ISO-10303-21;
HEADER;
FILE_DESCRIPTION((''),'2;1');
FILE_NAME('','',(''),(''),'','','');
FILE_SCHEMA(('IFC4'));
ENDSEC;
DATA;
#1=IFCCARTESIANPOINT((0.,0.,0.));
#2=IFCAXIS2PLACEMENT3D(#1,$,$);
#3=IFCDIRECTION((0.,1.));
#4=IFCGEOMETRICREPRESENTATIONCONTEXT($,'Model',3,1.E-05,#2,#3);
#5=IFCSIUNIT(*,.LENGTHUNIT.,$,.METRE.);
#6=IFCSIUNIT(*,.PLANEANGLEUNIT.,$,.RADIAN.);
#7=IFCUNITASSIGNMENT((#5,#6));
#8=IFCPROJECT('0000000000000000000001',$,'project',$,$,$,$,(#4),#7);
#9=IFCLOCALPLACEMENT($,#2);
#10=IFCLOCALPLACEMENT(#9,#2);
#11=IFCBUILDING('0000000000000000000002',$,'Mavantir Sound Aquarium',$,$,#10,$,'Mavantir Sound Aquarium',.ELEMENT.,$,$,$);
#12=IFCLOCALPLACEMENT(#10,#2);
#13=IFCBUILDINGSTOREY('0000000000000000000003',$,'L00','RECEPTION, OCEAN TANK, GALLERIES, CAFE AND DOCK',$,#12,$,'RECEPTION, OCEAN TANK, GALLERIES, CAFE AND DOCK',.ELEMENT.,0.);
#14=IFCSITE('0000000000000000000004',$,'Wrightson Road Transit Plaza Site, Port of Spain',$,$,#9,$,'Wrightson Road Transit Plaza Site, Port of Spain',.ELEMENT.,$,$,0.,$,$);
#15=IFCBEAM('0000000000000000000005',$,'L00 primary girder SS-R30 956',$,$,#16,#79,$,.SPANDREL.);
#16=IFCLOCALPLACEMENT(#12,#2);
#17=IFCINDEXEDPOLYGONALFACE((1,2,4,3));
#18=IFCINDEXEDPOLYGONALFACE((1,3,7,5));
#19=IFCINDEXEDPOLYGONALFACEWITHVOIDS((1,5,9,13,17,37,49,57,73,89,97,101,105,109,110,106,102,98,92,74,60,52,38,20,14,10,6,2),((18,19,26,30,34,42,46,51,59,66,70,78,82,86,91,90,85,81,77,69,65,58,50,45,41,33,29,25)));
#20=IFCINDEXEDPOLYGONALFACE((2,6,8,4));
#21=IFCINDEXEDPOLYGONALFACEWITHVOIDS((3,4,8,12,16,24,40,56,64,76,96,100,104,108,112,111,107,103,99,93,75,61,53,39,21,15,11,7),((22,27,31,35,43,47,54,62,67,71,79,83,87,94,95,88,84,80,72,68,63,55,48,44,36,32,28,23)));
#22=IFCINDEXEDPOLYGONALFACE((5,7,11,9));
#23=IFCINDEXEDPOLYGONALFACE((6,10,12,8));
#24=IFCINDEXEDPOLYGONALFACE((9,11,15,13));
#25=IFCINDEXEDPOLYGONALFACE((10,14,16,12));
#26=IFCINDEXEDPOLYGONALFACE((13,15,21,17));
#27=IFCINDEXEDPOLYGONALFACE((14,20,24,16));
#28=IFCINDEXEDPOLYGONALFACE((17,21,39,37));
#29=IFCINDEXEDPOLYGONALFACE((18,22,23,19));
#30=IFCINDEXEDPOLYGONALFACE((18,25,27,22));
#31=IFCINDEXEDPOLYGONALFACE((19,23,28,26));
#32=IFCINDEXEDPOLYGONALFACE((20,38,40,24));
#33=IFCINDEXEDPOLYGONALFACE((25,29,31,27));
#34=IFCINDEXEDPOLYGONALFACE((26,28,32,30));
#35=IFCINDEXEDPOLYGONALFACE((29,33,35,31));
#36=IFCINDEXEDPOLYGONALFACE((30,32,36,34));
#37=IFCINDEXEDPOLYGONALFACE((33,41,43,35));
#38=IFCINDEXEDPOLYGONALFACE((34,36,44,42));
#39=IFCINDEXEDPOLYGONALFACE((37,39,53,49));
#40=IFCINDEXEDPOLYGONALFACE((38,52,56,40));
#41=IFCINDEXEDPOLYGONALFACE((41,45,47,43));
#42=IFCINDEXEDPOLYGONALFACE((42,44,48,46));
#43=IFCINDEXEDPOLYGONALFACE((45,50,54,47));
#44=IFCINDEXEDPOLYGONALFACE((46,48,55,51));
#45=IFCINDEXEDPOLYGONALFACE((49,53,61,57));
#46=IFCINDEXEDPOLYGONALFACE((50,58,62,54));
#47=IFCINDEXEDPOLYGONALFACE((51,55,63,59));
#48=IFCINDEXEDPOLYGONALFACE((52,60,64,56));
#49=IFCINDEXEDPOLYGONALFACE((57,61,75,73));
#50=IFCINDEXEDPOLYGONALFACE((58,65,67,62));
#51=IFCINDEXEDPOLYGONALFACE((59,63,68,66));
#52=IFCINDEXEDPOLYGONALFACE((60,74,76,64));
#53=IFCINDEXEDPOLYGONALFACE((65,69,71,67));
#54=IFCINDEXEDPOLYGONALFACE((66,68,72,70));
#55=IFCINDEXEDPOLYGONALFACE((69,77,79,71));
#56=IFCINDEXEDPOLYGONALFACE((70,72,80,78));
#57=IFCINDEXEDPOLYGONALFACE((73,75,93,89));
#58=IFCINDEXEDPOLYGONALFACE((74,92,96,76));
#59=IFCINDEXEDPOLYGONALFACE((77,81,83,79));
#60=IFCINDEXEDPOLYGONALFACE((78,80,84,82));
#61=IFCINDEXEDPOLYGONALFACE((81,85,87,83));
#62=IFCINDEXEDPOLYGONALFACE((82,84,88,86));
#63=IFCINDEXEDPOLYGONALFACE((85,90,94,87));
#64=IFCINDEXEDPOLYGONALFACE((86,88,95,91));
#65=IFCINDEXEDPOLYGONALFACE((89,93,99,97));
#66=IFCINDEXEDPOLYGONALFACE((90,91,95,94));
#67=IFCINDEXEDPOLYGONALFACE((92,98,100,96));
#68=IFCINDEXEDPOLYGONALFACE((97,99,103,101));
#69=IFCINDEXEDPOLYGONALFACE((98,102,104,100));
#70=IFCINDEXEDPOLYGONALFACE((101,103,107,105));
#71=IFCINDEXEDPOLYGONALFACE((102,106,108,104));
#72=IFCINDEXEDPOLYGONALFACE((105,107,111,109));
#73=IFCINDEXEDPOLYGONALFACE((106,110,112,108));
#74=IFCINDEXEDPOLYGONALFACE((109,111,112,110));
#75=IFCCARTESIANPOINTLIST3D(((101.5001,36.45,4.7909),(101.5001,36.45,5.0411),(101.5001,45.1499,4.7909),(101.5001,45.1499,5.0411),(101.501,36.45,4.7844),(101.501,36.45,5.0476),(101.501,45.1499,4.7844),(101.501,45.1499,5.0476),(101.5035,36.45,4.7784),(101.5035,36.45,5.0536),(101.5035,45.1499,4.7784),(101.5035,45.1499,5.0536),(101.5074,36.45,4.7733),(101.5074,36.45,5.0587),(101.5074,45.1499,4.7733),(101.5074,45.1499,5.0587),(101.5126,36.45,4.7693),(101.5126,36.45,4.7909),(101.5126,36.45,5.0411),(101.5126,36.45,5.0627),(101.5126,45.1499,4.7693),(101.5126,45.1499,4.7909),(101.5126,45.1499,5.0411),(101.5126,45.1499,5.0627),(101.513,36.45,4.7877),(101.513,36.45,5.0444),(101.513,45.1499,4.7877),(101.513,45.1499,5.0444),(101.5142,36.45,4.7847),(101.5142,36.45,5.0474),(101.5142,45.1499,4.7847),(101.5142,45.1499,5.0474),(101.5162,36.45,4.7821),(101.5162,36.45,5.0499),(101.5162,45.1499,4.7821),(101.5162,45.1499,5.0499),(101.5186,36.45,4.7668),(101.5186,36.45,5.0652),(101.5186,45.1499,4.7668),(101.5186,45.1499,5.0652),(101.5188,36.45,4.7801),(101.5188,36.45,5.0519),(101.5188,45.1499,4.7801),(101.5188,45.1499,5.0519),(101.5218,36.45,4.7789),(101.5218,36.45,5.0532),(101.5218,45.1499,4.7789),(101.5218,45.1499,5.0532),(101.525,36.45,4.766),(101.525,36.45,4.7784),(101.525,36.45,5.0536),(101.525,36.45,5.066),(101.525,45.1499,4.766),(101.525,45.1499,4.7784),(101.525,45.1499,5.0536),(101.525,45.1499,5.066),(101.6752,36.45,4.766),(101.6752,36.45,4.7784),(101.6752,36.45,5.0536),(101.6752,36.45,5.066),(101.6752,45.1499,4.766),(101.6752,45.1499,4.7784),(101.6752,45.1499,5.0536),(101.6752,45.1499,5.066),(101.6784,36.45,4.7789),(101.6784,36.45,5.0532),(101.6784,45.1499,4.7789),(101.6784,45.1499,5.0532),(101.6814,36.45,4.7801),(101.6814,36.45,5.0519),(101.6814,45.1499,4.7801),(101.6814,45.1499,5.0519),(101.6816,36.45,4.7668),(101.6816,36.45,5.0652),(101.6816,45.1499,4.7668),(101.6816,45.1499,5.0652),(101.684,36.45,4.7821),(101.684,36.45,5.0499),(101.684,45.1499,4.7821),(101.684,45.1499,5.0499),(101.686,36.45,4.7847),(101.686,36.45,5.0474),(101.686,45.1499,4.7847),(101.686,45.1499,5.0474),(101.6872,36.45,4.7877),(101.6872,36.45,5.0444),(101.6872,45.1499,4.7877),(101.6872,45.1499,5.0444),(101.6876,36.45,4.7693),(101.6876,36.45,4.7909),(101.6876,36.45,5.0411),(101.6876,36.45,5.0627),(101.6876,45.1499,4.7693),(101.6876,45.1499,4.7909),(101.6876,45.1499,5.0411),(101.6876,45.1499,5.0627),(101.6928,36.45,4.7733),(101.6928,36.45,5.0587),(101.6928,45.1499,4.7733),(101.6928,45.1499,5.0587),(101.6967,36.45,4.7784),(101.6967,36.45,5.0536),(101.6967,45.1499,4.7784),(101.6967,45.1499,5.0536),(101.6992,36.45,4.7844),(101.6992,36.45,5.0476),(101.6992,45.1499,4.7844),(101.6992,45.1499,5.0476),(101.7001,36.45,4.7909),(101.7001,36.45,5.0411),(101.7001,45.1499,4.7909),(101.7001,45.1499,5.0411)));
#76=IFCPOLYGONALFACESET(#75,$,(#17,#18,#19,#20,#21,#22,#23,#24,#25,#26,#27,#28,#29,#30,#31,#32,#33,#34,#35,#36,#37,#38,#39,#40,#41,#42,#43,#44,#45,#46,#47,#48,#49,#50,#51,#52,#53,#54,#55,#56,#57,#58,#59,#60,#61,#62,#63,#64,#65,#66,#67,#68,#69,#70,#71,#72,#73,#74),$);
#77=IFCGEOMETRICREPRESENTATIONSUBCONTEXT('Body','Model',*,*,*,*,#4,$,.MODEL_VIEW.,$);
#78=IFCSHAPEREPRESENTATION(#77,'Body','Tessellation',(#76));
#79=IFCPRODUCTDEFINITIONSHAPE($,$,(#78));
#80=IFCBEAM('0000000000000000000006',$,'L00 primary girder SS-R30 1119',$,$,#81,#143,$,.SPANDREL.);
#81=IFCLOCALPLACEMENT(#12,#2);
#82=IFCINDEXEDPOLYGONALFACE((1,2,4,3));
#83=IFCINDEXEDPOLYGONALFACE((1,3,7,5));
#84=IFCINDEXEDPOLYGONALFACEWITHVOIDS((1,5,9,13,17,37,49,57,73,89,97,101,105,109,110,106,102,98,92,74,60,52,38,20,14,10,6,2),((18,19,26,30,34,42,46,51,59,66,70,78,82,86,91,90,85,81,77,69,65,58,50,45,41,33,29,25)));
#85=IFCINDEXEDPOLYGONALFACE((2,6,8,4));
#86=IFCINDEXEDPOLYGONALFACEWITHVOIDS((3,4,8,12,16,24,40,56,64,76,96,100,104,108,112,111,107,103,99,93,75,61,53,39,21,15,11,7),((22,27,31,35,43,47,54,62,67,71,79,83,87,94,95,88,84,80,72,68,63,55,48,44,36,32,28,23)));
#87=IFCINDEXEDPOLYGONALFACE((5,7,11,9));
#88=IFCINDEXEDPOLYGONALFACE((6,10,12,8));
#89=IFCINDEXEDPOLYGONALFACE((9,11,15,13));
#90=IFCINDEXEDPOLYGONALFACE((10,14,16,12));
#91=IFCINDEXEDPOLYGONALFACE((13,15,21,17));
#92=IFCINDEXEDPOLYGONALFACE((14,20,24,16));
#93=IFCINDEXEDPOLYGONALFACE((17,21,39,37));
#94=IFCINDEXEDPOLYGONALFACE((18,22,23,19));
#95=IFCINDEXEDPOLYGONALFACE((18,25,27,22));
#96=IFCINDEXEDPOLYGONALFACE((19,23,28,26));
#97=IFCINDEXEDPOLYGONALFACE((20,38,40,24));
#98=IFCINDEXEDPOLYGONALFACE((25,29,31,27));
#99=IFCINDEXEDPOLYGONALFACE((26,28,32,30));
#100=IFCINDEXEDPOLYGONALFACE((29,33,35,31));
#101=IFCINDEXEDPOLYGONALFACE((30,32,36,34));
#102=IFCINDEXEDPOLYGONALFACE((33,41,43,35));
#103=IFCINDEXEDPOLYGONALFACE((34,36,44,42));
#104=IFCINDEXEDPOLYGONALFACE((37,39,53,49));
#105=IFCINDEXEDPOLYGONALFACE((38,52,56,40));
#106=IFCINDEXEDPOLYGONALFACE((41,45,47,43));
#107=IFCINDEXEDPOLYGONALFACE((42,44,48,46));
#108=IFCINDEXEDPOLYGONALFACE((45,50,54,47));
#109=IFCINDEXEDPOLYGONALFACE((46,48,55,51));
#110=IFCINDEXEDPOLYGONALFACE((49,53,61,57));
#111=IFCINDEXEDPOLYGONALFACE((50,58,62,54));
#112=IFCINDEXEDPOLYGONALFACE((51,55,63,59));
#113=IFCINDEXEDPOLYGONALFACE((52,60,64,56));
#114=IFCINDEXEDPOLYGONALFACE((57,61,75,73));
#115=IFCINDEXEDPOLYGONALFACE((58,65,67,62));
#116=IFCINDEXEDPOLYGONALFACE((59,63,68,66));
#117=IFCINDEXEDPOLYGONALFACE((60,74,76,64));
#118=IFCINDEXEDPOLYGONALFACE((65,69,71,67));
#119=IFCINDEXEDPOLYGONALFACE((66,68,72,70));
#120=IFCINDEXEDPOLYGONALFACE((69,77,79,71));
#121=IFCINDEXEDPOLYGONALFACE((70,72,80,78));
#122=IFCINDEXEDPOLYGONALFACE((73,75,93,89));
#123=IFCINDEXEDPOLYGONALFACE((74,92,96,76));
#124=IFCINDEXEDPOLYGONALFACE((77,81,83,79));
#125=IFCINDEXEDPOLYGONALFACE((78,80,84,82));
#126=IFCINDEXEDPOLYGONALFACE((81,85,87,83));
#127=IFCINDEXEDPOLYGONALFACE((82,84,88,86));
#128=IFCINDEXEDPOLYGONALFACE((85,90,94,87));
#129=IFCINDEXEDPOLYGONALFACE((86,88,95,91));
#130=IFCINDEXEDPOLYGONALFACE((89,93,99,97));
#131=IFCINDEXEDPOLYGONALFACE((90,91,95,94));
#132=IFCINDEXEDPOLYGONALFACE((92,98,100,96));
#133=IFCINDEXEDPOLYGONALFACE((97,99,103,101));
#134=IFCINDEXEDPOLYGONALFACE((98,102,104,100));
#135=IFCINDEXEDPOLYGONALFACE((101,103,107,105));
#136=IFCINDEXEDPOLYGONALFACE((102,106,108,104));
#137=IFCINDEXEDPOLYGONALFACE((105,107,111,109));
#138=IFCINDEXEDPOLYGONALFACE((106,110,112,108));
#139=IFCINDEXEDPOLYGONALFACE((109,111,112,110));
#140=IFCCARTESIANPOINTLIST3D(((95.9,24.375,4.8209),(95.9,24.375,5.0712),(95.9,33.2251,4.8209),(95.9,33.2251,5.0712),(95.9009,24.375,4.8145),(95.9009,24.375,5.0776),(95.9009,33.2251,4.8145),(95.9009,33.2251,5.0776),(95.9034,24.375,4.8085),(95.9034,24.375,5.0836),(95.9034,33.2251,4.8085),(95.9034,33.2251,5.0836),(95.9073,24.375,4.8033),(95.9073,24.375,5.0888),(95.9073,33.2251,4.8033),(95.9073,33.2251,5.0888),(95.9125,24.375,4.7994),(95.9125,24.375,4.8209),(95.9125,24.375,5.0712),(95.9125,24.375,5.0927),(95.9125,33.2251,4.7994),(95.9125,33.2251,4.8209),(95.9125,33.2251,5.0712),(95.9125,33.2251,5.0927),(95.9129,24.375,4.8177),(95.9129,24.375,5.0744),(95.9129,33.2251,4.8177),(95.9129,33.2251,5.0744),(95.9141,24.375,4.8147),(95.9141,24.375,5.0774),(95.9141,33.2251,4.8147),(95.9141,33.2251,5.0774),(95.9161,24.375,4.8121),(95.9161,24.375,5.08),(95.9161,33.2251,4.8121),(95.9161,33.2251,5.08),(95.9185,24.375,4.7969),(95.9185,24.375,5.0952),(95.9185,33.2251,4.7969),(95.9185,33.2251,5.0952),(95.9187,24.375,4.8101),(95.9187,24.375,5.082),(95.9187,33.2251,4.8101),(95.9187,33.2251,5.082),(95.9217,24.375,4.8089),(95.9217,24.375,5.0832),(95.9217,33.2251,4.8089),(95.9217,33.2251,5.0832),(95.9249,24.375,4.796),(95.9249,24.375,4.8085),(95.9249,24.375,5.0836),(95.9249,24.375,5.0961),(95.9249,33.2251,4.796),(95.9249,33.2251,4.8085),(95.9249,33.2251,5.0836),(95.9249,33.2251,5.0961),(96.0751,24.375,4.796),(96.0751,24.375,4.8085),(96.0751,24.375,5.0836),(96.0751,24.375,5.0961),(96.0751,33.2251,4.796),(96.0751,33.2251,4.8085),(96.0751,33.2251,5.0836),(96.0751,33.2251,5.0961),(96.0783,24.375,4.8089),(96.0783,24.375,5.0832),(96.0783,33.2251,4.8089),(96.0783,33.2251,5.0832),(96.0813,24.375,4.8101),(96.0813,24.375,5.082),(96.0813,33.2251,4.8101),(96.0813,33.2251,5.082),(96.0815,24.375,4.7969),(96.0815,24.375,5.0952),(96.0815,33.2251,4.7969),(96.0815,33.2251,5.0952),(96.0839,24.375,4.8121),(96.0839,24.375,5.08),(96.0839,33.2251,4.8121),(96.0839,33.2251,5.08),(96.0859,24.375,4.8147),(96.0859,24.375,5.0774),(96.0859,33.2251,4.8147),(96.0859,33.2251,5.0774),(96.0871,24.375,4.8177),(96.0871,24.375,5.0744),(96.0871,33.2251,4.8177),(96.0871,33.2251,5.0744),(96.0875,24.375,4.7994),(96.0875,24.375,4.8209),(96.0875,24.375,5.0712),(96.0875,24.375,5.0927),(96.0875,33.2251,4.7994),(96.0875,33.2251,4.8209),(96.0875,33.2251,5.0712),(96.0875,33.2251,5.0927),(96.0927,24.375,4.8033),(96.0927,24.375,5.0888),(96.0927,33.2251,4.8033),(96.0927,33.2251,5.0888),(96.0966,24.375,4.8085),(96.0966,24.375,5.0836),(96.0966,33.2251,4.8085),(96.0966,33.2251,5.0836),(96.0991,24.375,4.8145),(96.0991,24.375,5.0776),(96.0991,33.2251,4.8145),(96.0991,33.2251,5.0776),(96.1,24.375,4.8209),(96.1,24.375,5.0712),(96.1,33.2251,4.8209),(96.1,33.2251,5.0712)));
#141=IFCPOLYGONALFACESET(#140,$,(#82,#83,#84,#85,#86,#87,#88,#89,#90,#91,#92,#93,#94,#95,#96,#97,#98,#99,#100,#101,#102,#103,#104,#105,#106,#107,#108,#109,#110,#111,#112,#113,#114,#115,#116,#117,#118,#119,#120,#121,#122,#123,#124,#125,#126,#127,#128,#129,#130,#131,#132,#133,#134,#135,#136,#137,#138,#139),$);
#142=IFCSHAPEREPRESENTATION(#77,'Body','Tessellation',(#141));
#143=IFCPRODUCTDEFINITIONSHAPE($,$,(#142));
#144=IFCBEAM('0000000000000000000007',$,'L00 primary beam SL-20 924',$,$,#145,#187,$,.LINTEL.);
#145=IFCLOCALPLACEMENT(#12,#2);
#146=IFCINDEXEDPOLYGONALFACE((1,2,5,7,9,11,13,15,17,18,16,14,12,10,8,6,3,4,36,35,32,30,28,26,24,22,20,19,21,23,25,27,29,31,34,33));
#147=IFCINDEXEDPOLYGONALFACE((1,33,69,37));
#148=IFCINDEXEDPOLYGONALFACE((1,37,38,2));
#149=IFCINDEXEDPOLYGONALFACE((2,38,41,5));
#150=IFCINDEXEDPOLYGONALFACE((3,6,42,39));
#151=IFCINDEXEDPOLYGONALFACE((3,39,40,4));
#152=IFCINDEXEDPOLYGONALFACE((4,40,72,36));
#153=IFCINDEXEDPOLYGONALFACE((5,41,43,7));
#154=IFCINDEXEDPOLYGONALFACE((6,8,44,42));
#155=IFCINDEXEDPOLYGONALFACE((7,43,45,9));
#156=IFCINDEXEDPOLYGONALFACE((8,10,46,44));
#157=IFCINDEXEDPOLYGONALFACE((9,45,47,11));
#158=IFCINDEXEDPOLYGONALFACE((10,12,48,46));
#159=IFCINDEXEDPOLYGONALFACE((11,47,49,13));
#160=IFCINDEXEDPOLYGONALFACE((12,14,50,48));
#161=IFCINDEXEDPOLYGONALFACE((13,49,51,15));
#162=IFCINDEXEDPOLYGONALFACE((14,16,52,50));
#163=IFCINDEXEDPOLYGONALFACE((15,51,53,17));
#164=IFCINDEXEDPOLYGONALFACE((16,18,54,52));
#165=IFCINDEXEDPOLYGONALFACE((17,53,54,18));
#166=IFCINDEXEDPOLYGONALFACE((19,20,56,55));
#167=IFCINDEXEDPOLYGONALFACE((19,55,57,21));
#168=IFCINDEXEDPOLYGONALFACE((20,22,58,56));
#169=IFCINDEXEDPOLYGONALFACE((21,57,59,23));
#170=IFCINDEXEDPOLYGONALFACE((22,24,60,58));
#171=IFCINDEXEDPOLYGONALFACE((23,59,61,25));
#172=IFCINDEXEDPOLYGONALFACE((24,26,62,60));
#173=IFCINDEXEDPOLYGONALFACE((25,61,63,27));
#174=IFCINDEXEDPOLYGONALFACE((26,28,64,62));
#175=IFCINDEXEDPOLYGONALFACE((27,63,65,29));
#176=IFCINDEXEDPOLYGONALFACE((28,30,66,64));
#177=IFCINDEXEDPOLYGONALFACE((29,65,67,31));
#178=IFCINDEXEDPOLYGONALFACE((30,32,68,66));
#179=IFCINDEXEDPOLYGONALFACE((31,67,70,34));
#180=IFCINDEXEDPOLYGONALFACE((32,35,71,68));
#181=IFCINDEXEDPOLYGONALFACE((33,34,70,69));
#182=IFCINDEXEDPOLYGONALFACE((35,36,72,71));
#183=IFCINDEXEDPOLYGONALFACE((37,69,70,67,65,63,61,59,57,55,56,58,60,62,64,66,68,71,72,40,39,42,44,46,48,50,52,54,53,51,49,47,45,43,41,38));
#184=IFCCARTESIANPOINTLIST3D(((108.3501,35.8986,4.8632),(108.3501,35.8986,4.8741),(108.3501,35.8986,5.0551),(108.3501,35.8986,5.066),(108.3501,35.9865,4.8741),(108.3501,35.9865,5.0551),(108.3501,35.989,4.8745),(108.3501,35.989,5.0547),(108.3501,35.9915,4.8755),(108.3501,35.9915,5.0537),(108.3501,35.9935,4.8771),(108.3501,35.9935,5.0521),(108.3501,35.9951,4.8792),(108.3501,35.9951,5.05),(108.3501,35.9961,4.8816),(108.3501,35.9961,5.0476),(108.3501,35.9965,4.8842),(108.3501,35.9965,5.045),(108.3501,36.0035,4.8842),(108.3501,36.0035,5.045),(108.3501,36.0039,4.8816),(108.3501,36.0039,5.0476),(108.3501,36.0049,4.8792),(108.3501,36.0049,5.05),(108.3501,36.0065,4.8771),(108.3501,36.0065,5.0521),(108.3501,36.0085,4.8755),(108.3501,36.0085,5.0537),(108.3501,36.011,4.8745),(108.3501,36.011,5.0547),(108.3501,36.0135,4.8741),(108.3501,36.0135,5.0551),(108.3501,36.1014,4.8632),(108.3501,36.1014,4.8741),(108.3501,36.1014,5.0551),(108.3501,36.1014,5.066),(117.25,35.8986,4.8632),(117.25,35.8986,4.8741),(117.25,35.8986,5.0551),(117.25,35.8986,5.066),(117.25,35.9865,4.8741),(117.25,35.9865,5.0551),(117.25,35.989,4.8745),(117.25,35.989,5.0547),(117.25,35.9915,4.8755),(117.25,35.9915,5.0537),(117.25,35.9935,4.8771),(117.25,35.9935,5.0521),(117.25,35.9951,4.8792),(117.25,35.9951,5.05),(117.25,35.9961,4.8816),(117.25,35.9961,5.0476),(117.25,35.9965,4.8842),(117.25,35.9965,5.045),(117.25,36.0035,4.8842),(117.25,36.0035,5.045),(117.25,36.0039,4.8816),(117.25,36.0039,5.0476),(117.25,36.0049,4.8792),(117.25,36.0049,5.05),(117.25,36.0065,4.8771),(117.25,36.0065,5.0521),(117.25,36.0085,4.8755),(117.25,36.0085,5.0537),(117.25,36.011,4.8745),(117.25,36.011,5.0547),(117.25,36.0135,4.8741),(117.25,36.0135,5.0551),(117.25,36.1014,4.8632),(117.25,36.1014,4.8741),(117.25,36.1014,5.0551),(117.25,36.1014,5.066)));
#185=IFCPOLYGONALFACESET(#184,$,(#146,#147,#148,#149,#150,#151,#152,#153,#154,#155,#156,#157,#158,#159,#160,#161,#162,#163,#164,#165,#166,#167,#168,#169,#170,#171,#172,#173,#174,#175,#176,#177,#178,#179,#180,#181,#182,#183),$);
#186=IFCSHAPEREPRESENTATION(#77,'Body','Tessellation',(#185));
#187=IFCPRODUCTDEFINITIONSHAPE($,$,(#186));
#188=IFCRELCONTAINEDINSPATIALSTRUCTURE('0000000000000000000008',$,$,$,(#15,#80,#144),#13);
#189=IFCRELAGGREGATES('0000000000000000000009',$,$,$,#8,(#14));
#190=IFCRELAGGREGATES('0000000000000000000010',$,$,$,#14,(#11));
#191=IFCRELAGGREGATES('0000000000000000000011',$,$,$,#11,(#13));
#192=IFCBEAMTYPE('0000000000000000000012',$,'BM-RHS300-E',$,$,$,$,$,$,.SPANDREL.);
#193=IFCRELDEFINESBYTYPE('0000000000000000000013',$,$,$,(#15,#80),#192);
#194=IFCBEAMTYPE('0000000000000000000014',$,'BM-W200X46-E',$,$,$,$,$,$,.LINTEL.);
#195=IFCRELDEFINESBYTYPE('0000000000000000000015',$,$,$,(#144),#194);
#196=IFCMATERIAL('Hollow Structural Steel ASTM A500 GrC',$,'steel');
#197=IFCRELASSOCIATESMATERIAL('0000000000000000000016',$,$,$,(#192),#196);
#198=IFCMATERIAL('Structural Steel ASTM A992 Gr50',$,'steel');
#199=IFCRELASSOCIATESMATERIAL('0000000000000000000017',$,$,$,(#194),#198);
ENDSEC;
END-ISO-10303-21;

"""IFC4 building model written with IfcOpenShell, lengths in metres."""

from ifc_helpers import new_model, si_unit, direction, frame, origin, origin_2d, place, context, subcontext, project, spatial, hollow_rectangle, i_section, extrude, material, material_profile, profile_set, type_object, element, save


model = new_model("IFC4")

# Units and contexts
model_context = context("Model", 3, precision=1e-05, world=origin(), true_north=direction((0.0, 1.0)))
body_context = subcontext(model_context, "Body", "Model", "MODEL_VIEW")
ifc_project = project(units=[si_unit("LENGTHUNIT", "METRE"), si_unit("PLANEANGLEUNIT", "RADIAN")], contexts=[model_context])

# Site, building, storey
site_placement = place(None, origin())
site = spatial("IfcSite", under=ifc_project, at=site_placement, Name="Wrightson Road Transit Plaza Site, Port of Spain", LongName="Wrightson Road Transit Plaza Site, Port of Spain", CompositionType="ELEMENT", RefElevation=0.0)
building_placement = place(site_placement, origin())
building = spatial("IfcBuilding", under=site, at=building_placement, Name="Mavantir Sound Aquarium", LongName="Mavantir Sound Aquarium", CompositionType="ELEMENT")
storey_placement = place(building_placement, origin())
storey = spatial("IfcBuildingStorey", under=building, at=storey_placement, Name="L00", Description="RECEPTION, OCEAN TANK, GALLERIES, CAFE AND DOCK", LongName="RECEPTION, OCEAN TANK, GALLERIES, CAFE AND DOCK", CompositionType="ELEMENT", Elevation=0.0)

# Shared definitions
ifc_material_1 = material(Name="Structural Steel ASTM A992 Gr50", Category="steel")

# Beams
ifc_material_2 = material(Name="Hollow Structural Steel ASTM A500 GrC", Category="steel")
ifc_material_profile_1 = material_profile(ifc_material_2, hollow_rectangle(XDim=0.2, YDim=0.3, WallThickness=0.0125, InnerFilletRadius=0.0125, OuterFilletRadius=0.0249, at=origin_2d()), Name="RHS 300X200X12.5")
ifc_profile_set_1 = profile_set([ifc_material_profile_1], Name="Hollow Structural Steel ASTM A500 GrC")
beam_type_1 = type_object("IfcBeamType", Name="BM-RHS300-E", PredefinedType="SPANDREL", material=ifc_profile_set_1)
beam_1_placement = place(storey_placement, frame((101.6001, 36.45, 4.916), z_axis=(0.0, 1.0, 0.0), x_axis=(-1.0, 0.0, 0.0)))
element("IfcBeam", 1, at=beam_1_placement, inside=storey, type_object=beam_type_1, Name="L00 primary girder SS-R30 956", PredefinedType="SPANDREL", context=body_context, shape_type="SweptSolid", body=[
    extrude(hollow_rectangle(XDim=0.2, YDim=0.3, WallThickness=0.0125, InnerFilletRadius=0.0125, OuterFilletRadius=0.0249, at=origin_2d()), origin(), (0.0, 0.0, 1.0), 8.7),
])
beam_2_placement = place(storey_placement, frame((96.0, 24.375, 4.946), z_axis=(0.0, 1.0, 0.0), x_axis=(-1.0, 0.0, 0.0)))
element("IfcBeam", 2, at=beam_2_placement, inside=storey, type_object=beam_type_1, Name="L00 primary girder SS-R30 1119", PredefinedType="SPANDREL", context=body_context, shape_type="SweptSolid", body=[
    extrude(hollow_rectangle(XDim=0.2, YDim=0.3, WallThickness=0.0125, InnerFilletRadius=0.0125, OuterFilletRadius=0.0249, at=origin_2d()), origin(), (0.0, 0.0, 1.0), 8.8501),
])
ifc_material_profile_2 = material_profile(ifc_material_1, i_section(OverallWidth=0.2029, OverallDepth=0.2029, WebThickness=0.0071, FlangeThickness=0.011, FilletRadius=0.01, at=origin_2d()), Name="W200X46")
ifc_profile_set_2 = profile_set([ifc_material_profile_2], Name="Structural Steel ASTM A992 Gr50")
beam_type_2 = type_object("IfcBeamType", Name="BM-W200X46-E", PredefinedType="LINTEL", material=ifc_profile_set_2)
beam_3_placement = place(storey_placement, frame((108.3501, 36.0, 4.9646), z_axis=(1.0, 0.0, 0.0), x_axis=(0.0, 1.0, 0.0)))
element("IfcBeam", 3, at=beam_3_placement, inside=storey, type_object=beam_type_2, Name="L00 primary beam SL-20 924", PredefinedType="LINTEL", context=body_context, shape_type="SweptSolid", body=[
    extrude(i_section(OverallWidth=0.2029, OverallDepth=0.2029, WebThickness=0.0071, FlangeThickness=0.011, FilletRadius=0.01, at=origin_2d()), origin(), (0.0, 0.0, 1.0), 8.8999),
])

save(model, "model.ifc")
